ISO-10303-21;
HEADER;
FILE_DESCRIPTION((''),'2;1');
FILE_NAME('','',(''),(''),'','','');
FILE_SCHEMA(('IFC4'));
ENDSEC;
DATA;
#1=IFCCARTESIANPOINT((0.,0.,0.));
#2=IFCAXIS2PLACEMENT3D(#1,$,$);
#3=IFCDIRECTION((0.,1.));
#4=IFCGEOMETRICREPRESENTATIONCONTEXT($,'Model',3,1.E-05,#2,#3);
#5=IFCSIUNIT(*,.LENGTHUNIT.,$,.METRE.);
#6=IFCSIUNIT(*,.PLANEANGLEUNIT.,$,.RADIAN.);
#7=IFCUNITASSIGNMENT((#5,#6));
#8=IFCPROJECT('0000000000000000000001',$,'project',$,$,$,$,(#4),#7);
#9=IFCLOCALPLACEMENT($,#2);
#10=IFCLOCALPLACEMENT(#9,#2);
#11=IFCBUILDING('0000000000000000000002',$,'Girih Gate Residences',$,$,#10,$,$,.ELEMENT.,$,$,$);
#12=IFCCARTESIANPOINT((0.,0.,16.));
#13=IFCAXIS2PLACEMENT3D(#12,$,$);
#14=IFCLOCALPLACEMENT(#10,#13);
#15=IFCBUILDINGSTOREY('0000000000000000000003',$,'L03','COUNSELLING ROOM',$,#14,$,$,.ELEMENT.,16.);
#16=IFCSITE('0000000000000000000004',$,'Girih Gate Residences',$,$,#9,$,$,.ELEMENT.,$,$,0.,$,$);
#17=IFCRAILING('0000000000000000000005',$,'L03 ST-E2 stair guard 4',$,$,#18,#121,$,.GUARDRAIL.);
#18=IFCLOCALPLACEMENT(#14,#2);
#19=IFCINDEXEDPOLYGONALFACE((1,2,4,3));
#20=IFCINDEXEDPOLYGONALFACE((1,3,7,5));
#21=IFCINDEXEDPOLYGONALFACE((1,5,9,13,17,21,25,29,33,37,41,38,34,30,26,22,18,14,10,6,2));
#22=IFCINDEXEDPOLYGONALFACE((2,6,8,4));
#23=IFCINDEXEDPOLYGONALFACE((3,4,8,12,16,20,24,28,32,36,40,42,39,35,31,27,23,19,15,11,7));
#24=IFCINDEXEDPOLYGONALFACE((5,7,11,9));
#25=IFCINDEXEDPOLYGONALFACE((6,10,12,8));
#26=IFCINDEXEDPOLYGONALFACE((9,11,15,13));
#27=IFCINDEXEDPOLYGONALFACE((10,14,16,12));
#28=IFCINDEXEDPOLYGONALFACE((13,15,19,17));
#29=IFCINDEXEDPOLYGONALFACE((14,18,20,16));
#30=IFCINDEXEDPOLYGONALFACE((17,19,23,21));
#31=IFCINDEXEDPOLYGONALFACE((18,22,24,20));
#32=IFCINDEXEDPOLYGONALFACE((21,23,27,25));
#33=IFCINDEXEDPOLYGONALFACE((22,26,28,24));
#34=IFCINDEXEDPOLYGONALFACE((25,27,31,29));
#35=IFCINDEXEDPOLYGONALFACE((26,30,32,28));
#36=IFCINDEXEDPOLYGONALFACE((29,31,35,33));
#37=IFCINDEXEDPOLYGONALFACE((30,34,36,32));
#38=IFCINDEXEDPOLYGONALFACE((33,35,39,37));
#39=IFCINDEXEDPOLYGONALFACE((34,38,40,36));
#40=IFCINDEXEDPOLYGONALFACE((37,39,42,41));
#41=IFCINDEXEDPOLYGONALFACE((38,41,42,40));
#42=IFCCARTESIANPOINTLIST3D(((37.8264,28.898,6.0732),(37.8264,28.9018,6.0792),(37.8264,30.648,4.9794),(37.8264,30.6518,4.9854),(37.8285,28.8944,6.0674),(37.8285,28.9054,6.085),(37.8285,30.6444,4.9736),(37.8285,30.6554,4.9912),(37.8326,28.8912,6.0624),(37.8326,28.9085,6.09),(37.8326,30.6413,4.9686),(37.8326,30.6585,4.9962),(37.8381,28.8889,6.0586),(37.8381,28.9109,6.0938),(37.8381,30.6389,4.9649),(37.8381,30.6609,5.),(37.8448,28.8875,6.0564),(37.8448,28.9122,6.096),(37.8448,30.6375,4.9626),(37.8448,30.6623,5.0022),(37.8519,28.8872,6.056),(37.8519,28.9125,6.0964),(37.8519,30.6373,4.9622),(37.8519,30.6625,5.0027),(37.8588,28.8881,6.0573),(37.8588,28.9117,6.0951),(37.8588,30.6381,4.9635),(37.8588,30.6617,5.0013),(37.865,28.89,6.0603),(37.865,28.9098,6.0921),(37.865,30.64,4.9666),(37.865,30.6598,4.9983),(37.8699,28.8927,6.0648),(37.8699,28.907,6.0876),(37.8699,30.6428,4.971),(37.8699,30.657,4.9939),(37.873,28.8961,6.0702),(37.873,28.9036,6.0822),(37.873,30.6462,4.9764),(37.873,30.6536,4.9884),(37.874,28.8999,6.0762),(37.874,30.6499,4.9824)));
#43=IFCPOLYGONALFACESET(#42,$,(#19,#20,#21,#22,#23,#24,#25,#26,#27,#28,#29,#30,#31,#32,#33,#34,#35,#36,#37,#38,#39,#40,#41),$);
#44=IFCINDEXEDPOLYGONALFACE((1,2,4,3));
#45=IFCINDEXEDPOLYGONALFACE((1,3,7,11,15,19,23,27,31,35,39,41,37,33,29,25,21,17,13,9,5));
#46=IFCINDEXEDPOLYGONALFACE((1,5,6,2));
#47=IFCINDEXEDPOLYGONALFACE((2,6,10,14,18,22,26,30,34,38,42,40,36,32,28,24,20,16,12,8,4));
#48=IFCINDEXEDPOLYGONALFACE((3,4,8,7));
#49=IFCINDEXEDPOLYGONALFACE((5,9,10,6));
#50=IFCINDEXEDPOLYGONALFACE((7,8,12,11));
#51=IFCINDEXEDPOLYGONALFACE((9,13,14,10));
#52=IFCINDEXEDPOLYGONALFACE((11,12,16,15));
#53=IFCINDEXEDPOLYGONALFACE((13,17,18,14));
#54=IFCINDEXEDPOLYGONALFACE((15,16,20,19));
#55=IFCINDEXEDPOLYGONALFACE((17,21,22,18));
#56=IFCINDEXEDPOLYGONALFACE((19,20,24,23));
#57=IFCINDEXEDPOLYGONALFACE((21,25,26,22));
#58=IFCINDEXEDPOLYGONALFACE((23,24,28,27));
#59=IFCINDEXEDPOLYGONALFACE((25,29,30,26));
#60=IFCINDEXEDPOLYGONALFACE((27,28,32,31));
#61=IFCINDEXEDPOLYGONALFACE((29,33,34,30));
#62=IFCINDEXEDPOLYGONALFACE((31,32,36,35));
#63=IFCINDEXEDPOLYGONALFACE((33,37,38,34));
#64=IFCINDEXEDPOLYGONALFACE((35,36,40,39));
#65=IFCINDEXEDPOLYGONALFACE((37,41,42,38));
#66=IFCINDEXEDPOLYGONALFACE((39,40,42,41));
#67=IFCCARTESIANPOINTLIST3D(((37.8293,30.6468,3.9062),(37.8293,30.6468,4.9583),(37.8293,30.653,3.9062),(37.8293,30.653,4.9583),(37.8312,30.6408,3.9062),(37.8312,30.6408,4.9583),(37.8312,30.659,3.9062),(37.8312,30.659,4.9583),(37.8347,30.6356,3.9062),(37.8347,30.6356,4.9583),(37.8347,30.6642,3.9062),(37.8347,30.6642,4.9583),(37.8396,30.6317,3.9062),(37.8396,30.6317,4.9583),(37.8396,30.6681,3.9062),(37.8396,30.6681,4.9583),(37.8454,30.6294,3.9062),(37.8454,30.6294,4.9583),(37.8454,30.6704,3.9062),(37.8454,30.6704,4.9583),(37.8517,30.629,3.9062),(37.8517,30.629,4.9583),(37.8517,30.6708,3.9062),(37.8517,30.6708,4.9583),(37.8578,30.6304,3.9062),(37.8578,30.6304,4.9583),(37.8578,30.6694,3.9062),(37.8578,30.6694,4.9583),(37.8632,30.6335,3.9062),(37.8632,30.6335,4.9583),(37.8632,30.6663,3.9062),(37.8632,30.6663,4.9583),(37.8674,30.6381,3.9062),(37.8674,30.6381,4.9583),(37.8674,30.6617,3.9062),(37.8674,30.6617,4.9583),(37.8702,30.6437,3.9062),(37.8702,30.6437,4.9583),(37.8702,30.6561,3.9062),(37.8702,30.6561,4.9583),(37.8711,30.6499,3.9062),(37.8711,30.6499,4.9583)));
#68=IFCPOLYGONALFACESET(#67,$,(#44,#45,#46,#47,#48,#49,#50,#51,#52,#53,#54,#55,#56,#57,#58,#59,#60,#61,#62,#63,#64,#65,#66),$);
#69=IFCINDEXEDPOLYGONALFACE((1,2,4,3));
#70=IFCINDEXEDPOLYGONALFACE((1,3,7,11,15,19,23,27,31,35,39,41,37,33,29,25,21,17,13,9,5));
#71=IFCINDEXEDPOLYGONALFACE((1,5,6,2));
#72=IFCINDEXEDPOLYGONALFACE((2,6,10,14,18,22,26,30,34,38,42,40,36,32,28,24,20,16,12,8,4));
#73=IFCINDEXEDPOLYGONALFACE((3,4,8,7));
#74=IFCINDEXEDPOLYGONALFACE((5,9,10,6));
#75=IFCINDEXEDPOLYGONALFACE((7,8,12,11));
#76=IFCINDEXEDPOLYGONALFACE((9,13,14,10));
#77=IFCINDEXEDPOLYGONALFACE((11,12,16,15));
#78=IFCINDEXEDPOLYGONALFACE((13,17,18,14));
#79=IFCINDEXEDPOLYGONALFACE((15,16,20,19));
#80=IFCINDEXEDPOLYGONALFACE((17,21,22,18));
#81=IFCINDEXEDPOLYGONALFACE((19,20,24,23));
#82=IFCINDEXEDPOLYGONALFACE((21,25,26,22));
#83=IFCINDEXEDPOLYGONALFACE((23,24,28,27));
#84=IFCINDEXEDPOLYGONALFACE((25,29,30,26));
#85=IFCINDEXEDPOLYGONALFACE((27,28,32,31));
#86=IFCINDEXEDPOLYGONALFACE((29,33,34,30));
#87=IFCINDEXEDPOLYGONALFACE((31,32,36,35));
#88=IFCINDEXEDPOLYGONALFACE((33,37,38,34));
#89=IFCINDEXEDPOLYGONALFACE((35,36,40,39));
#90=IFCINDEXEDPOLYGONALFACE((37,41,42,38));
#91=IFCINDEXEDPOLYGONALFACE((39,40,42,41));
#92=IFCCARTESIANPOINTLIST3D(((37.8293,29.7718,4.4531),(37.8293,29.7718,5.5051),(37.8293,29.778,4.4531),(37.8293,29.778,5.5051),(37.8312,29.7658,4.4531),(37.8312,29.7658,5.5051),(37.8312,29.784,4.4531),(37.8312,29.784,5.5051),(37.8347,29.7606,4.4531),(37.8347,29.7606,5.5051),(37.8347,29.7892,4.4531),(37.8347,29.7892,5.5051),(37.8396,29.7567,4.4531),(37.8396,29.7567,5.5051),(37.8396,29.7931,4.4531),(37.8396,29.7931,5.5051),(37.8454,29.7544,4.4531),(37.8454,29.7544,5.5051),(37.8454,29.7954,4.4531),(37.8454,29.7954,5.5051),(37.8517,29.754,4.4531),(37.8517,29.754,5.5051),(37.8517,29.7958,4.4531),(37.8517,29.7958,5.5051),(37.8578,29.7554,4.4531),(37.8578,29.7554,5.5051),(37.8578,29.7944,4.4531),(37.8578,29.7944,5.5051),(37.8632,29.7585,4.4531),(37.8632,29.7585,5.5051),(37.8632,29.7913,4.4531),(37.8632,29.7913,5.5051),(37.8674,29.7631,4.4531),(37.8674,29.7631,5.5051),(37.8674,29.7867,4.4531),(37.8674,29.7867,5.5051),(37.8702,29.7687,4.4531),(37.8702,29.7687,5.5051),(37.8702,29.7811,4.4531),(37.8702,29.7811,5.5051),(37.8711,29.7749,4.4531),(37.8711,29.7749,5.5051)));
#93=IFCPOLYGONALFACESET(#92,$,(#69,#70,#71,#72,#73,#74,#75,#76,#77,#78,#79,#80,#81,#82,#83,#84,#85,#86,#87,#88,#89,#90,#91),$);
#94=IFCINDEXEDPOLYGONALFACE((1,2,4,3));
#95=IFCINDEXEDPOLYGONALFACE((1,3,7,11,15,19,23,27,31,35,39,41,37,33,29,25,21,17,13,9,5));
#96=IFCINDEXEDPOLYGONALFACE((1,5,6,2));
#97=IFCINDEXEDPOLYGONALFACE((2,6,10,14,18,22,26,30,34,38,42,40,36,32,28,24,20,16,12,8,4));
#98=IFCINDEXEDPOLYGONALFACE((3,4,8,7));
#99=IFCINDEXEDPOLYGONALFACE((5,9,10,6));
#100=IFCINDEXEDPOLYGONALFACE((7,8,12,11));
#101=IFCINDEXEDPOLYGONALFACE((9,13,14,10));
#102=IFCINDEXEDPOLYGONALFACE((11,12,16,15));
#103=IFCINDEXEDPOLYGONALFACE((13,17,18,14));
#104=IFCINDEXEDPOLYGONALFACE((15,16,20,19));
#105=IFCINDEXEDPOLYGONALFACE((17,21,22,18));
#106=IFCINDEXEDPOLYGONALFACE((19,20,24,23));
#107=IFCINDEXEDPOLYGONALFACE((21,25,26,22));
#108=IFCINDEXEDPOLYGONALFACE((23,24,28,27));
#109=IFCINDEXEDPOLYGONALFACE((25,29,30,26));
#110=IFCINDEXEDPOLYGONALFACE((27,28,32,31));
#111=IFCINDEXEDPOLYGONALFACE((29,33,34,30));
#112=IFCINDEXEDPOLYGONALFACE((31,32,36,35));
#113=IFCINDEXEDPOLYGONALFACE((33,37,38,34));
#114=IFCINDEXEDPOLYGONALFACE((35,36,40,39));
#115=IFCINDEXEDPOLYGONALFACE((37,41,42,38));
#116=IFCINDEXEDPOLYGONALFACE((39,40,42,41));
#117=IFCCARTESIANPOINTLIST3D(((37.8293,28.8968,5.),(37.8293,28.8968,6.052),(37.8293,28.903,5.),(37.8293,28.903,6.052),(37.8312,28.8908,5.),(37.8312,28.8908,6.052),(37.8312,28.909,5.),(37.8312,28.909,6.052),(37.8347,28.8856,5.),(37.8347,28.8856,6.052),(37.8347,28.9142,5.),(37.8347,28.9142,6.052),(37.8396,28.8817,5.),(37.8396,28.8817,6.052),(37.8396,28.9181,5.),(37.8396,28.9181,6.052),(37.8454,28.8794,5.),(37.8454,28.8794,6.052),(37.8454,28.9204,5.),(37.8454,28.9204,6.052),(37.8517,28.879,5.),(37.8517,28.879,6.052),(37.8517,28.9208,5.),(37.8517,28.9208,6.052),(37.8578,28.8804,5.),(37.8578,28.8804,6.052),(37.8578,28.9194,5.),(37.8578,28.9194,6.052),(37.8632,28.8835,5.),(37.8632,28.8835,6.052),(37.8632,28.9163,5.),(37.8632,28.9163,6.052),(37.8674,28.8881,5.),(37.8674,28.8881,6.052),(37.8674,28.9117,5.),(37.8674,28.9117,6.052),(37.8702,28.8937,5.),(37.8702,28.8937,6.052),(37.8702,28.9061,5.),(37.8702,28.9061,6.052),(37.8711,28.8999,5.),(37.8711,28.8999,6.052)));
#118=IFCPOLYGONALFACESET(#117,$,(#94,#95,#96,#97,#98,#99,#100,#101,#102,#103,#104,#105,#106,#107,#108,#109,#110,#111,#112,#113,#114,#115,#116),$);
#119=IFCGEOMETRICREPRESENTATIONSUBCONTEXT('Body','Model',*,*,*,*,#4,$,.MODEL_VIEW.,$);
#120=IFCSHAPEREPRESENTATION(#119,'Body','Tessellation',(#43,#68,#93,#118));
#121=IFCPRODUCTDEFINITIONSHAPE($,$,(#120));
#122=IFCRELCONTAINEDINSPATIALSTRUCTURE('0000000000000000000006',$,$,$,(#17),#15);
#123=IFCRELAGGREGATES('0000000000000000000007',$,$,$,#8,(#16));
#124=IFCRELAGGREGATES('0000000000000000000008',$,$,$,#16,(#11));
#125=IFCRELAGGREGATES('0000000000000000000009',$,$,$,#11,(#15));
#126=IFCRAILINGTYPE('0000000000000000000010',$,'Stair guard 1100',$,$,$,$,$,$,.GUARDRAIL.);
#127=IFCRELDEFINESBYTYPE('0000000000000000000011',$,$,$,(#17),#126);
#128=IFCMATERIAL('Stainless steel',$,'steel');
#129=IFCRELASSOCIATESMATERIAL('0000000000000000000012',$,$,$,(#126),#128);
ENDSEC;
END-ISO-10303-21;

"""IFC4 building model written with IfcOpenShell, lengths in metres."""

from ifc_helpers import new_model, si_unit, direction, frame, origin, origin_2d, place, context, subcontext, project, spatial, circle, extrude, material, type_object, element, save


model = new_model("IFC4")

# Units and contexts
model_context = context("Model", 3, precision=1e-05, world=origin(), true_north=direction((0.0, 1.0)))
body_context = subcontext(model_context, "Body", "Model", "MODEL_VIEW")
ifc_project = project(units=[si_unit("LENGTHUNIT", "METRE"), si_unit("PLANEANGLEUNIT", "RADIAN")], contexts=[model_context])

# Site, building, storey
site_placement = place(None, origin())
site = spatial("IfcSite", under=ifc_project, at=site_placement, Name="Girih Gate Residences", CompositionType="ELEMENT", RefElevation=0.0)
building_placement = place(site_placement, origin())
building = spatial("IfcBuilding", under=site, at=building_placement, Name="Girih Gate Residences", CompositionType="ELEMENT")
storey_placement = place(building_placement, frame((0.0, 0.0, 16.0)))
storey = spatial("IfcBuildingStorey", under=building, at=storey_placement, Name="L03", Description="COUNSELLING ROOM", CompositionType="ELEMENT", Elevation=16.0)

# Railing
ifc_material_1 = material(Name="Stainless steel", Category="steel")
railing_type_1 = type_object("IfcRailingType", Name="Stair guard 1100", PredefinedType="GUARDRAIL", material=ifc_material_1)
railing_1_placement = place(storey_placement, frame((37.8501, 30.6499, 3.9062)))
element("IfcRailing", 1, at=railing_1_placement, inside=storey, type_object=railing_type_1, Name="L03 ST-E2 stair guard 4", PredefinedType="GUARDRAIL", context=body_context, shape_type="SweptSolid", body=[
    extrude(circle(Radius=0.0239, at=origin_2d()), frame((0.0, 0.0, 1.0762), z_axis=(0.0, -0.847998, 0.529999), x_axis=(1.0, 0.0, 0.0)), (0.0, 0.0, 1.0), 2.0637),
    extrude(circle(Radius=0.021, at=origin_2d()), origin(), (0.0, 0.0, 1.0), 1.052),
    extrude(circle(Radius=0.021, at=origin_2d()), frame((0.0, -0.875, 0.5469)), (0.0, 0.0, 1.0), 1.052),
    extrude(circle(Radius=0.021, at=origin_2d()), frame((0.0, -1.75, 1.0938)), (0.0, 0.0, 1.0), 1.052),
])

save(model, "model.ifc")
